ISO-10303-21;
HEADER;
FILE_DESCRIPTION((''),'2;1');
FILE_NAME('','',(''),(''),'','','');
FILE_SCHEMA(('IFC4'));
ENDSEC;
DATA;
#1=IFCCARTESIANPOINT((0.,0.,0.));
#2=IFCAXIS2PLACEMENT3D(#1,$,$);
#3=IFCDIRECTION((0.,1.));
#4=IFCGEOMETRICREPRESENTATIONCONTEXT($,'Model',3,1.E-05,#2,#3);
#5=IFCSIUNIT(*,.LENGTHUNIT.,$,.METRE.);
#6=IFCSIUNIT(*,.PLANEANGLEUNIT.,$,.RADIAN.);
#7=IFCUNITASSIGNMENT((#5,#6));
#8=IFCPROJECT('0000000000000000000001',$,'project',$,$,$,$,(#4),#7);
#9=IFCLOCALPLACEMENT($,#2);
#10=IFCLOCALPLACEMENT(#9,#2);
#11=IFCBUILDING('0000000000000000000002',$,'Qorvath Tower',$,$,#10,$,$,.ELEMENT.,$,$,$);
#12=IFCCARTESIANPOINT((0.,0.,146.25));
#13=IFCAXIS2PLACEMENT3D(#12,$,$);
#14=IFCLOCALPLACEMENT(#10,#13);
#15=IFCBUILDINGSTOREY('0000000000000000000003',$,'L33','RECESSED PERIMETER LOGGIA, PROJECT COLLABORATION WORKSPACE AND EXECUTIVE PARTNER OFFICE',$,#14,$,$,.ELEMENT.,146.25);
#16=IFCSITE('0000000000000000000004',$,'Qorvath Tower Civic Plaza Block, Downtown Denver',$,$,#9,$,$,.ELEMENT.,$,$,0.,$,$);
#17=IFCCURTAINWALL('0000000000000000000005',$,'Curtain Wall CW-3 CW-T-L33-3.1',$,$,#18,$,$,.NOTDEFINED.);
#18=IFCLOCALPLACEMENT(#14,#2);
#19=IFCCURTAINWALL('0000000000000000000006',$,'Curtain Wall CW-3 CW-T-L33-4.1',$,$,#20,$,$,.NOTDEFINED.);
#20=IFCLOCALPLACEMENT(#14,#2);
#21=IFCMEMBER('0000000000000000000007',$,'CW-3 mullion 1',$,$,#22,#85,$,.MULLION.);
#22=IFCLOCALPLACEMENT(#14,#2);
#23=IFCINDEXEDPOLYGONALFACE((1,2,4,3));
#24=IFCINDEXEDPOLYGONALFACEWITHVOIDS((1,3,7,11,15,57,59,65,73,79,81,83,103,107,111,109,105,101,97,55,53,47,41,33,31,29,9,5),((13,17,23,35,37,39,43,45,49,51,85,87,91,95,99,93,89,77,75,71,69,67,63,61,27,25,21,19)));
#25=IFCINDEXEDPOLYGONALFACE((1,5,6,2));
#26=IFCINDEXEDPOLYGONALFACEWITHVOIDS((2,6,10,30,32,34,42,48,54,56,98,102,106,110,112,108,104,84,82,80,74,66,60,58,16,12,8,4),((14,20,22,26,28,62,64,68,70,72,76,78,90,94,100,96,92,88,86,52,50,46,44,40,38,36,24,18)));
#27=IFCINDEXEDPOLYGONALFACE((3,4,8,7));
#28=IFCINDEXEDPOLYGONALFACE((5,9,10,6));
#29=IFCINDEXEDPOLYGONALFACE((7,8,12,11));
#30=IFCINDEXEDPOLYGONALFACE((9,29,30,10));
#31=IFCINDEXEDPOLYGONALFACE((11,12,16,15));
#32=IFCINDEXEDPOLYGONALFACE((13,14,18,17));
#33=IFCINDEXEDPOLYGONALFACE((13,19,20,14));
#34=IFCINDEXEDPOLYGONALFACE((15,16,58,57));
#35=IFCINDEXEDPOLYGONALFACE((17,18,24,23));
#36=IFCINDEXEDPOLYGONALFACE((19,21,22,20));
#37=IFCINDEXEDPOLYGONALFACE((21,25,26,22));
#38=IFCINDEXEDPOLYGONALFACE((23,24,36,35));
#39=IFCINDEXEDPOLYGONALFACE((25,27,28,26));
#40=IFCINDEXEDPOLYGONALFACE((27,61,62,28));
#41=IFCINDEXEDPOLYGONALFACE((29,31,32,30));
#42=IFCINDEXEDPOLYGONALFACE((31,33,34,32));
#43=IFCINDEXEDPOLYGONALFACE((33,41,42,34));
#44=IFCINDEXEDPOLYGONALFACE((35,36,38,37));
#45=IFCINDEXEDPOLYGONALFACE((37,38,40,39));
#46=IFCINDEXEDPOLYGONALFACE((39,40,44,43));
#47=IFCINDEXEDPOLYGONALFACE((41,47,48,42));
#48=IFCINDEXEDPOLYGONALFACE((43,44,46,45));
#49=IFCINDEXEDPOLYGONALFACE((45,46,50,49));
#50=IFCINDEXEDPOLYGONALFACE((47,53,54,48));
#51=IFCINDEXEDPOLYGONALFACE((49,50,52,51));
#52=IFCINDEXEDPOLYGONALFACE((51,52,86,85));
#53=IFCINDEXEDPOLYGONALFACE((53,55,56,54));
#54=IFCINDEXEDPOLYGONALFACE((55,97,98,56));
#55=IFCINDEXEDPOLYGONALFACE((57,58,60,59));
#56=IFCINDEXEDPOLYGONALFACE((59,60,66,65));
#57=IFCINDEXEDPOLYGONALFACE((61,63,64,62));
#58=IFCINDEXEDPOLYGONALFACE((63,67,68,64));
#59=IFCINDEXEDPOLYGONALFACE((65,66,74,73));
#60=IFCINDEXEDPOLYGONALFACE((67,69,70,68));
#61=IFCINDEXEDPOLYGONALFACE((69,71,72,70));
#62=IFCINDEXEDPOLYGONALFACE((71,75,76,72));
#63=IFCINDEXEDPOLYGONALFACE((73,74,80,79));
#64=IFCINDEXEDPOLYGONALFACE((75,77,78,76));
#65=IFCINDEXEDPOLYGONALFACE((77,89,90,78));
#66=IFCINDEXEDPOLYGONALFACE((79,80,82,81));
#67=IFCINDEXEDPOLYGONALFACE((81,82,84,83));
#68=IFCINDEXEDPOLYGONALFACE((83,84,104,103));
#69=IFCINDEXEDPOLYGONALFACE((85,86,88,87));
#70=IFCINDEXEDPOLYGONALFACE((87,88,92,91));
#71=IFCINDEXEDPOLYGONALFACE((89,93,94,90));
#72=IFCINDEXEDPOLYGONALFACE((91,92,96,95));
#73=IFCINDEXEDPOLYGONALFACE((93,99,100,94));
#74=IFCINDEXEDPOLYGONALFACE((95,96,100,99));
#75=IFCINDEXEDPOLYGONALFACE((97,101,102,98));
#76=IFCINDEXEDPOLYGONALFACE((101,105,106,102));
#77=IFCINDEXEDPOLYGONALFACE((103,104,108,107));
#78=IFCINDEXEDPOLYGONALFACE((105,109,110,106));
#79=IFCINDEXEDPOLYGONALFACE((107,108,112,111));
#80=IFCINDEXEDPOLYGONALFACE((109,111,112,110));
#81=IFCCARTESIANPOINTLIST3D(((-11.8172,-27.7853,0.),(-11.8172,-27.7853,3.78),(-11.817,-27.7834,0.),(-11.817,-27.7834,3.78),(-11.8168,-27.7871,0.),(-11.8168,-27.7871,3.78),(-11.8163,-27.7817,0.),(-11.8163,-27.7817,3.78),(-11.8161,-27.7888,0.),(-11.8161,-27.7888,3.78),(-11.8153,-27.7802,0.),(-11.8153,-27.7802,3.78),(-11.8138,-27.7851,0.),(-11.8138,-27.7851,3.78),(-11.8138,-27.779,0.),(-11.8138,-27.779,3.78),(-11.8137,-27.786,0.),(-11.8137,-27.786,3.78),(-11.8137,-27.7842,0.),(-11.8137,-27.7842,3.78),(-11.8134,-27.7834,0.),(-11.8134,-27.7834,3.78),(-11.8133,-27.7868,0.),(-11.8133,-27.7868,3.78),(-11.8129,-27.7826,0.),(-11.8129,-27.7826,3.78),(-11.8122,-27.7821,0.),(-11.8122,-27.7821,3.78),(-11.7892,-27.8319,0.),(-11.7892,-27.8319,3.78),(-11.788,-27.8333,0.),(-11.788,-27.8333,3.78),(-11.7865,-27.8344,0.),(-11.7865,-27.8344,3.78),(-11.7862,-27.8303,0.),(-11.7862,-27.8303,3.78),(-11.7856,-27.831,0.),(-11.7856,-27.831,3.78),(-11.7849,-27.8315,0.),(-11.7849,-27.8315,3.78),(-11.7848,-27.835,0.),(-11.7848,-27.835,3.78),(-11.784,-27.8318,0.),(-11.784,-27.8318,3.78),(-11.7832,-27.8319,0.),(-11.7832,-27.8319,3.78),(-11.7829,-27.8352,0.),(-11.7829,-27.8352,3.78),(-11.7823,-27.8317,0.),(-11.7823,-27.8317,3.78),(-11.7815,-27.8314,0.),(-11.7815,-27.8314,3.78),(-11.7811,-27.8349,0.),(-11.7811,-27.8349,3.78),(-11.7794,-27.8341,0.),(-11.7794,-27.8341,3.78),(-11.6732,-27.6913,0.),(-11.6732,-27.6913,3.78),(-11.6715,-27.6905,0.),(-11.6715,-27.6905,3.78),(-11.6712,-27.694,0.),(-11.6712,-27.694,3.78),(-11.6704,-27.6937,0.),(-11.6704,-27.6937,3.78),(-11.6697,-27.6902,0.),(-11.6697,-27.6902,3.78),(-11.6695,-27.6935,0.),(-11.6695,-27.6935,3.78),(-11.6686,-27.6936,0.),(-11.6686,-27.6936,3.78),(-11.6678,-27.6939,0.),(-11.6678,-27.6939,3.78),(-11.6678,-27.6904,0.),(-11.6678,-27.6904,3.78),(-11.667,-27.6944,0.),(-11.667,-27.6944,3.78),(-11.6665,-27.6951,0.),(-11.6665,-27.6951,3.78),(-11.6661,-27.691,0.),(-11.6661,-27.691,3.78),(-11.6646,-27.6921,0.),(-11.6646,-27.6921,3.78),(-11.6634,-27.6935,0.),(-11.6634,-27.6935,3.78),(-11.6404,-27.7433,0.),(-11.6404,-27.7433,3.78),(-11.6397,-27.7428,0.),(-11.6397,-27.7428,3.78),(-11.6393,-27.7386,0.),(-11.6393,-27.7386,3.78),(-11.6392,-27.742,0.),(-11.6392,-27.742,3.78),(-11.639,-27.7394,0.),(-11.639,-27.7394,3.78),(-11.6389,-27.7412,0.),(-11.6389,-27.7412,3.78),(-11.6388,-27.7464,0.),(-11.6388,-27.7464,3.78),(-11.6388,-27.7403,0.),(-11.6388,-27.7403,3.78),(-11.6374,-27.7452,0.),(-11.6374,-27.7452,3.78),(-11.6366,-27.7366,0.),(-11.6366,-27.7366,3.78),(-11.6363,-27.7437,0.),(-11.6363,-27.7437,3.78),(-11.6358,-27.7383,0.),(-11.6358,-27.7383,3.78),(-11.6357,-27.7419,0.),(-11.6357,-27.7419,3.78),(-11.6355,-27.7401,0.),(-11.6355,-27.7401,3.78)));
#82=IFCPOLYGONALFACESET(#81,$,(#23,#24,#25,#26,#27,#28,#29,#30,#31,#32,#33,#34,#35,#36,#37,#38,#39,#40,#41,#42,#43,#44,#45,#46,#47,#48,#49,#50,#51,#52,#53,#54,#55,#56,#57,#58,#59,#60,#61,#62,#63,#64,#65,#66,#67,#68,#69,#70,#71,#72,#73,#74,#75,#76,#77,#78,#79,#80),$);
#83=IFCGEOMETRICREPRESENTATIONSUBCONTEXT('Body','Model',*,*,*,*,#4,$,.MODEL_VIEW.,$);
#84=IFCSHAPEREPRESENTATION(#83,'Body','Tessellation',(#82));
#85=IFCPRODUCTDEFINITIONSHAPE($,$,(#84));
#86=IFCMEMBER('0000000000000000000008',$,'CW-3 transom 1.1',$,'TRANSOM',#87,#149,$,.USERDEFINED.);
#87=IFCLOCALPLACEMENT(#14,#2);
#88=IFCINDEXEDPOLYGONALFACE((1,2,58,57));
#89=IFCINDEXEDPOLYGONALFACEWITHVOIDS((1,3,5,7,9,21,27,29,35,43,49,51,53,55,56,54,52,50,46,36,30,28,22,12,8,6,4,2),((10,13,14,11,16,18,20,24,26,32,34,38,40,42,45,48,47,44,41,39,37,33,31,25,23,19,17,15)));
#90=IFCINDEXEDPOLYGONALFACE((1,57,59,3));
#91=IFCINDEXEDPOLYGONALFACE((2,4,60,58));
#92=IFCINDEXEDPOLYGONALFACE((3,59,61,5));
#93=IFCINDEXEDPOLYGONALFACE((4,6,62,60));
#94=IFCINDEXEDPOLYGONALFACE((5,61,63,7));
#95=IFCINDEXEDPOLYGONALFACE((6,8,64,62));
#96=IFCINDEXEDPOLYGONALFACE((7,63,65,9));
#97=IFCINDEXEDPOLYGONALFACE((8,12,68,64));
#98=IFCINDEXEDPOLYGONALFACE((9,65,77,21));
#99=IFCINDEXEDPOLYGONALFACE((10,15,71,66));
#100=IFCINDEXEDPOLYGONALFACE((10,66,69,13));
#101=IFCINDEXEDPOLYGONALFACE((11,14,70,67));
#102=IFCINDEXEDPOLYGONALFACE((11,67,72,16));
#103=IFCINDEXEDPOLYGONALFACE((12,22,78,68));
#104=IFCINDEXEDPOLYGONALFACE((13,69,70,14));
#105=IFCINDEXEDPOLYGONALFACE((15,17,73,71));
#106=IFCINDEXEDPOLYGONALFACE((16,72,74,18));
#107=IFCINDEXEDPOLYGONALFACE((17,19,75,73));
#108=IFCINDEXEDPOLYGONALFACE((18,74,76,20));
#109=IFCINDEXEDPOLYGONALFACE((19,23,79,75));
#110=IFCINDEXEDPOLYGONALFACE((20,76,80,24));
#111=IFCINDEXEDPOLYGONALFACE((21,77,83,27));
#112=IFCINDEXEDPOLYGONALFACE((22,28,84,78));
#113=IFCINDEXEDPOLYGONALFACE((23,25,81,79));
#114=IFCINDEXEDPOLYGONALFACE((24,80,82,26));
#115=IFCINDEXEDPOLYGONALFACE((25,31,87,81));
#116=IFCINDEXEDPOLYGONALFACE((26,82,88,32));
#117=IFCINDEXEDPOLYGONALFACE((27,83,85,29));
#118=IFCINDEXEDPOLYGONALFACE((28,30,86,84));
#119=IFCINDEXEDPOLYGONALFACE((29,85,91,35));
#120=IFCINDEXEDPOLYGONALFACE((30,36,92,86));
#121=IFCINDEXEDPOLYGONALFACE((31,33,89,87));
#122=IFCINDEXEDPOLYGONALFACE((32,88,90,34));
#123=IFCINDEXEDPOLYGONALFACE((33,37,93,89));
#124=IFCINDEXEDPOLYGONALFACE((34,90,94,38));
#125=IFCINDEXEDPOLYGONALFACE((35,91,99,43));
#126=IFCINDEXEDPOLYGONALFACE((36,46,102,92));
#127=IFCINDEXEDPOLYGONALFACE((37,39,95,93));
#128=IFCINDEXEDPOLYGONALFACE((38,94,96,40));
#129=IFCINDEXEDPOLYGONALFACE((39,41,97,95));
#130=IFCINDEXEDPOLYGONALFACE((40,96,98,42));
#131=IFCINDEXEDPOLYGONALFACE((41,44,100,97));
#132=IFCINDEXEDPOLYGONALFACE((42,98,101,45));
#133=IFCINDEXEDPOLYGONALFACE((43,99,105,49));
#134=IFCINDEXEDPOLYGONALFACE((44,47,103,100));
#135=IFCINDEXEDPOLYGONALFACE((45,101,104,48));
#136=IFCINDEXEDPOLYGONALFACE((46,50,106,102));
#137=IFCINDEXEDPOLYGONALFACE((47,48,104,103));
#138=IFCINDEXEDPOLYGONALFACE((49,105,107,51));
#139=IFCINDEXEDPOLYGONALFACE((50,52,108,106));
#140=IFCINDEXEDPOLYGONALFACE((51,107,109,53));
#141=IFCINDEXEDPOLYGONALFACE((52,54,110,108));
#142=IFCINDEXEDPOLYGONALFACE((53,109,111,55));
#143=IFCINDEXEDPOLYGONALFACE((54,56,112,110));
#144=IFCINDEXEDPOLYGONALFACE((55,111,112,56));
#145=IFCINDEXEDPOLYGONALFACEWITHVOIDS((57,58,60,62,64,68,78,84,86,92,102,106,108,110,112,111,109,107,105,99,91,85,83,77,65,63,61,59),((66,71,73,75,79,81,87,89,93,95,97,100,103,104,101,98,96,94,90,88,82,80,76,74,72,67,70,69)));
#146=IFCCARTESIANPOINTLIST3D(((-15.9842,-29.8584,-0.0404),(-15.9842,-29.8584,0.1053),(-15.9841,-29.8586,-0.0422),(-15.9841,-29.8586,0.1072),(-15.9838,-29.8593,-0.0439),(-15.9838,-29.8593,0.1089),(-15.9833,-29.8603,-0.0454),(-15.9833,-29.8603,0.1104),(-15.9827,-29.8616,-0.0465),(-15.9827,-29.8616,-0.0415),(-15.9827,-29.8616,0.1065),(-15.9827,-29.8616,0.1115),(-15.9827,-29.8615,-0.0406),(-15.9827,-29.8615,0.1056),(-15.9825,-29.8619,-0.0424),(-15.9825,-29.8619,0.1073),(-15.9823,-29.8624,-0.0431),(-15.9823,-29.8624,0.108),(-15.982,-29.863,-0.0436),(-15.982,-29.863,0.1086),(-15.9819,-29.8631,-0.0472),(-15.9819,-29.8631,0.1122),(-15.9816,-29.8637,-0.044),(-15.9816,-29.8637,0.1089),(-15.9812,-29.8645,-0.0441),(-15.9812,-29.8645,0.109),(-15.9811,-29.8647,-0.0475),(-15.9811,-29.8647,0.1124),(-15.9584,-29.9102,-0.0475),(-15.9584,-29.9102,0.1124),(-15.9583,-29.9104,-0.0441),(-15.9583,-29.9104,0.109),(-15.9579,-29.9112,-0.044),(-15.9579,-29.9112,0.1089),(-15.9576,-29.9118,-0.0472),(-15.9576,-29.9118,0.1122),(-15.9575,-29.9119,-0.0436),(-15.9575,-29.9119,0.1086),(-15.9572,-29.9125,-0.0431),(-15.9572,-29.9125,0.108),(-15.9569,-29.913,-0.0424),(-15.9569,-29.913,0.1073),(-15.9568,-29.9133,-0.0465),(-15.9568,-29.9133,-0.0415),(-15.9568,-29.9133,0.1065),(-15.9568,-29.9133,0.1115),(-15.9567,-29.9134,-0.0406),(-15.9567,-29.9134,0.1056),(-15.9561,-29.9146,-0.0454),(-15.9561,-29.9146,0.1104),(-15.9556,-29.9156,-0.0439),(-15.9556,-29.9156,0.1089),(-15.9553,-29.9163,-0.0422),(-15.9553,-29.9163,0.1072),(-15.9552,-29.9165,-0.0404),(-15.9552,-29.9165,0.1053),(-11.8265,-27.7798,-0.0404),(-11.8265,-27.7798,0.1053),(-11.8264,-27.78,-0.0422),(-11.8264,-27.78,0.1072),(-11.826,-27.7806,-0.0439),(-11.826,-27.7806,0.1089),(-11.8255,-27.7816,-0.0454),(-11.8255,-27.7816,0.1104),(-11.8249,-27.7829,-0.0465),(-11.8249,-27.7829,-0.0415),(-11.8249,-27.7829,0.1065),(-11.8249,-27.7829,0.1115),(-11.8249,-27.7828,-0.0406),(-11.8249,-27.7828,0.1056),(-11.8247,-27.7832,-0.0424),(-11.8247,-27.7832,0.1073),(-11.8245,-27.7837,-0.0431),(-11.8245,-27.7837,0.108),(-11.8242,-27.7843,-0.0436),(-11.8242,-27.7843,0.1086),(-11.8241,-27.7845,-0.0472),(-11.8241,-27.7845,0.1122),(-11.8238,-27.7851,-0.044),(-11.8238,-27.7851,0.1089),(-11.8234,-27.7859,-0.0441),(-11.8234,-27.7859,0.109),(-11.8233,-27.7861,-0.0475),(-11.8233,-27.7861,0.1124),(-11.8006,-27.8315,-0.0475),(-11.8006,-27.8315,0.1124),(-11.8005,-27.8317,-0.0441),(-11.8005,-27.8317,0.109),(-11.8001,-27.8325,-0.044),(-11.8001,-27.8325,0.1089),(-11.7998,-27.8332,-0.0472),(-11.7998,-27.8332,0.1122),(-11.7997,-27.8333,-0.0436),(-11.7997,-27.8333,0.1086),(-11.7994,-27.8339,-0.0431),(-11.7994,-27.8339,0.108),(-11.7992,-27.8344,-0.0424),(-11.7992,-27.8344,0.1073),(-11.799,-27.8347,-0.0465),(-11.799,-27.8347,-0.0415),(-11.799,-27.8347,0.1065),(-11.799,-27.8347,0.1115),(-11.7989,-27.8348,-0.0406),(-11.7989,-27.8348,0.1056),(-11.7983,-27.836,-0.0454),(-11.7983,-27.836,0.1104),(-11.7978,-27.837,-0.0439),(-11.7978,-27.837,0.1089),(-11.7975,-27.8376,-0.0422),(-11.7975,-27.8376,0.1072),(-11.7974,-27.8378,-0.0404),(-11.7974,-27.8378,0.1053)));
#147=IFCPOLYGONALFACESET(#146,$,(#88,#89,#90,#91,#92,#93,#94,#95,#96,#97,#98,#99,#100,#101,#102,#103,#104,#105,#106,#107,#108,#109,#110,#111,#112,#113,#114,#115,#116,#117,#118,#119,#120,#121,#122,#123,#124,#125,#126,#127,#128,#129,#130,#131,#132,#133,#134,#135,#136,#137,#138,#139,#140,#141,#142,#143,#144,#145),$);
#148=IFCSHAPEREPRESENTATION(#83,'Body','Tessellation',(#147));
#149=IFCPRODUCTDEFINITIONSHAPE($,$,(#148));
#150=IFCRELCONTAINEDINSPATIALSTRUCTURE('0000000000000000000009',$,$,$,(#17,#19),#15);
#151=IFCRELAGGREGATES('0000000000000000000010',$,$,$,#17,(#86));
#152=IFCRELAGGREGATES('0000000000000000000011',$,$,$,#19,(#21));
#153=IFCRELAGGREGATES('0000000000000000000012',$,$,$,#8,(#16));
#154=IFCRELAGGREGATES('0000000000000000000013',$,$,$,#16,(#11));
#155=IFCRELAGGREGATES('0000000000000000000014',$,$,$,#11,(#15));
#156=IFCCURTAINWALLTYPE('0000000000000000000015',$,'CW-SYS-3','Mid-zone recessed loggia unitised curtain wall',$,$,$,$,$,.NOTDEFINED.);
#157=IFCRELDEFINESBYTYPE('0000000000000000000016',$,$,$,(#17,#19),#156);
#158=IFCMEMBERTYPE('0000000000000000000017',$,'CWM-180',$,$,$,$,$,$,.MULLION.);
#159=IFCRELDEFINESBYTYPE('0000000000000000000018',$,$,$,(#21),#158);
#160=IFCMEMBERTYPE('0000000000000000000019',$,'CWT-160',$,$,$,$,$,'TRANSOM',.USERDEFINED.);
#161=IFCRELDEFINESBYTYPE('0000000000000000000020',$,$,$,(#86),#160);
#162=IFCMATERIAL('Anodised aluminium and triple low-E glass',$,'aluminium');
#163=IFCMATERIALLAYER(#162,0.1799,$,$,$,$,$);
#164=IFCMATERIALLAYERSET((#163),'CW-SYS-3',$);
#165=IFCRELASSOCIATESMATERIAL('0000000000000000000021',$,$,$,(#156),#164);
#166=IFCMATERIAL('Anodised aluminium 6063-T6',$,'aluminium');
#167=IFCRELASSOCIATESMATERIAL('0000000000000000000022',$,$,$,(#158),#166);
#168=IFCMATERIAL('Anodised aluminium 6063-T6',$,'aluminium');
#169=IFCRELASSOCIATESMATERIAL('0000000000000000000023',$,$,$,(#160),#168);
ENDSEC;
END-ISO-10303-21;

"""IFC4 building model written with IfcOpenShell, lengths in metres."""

from ifc_helpers import new_model, si_unit, direction, frame, origin, origin_2d, place, context, subcontext, project, spatial, hollow_rectangle, extrude, material, layer, layer_set, material_profile, profile_set, type_object, element, aggregate, save


model = new_model("IFC4")

# Units and contexts
model_context = context("Model", 3, precision=1e-05, world=origin(), true_north=direction((0.0, 1.0)))
body_context = subcontext(model_context, "Body", "Model", "MODEL_VIEW")
ifc_project = project(units=[si_unit("LENGTHUNIT", "METRE"), si_unit("PLANEANGLEUNIT", "RADIAN")], contexts=[model_context])

# Site, building, storey
site_placement = place(None, origin())
site = spatial("IfcSite", under=ifc_project, at=site_placement, Name="Qorvath Tower Civic Plaza Block, Downtown Denver", CompositionType="ELEMENT", RefElevation=0.0)
building_placement = place(site_placement, origin())
building = spatial("IfcBuilding", under=site, at=building_placement, Name="Qorvath Tower", CompositionType="ELEMENT")
storey_placement = place(building_placement, frame((0.0, 0.0, 146.25)))
storey = spatial("IfcBuildingStorey", under=building, at=storey_placement, Name="L33", Description="RECESSED PERIMETER LOGGIA, PROJECT COLLABORATION WORKSPACE AND EXECUTIVE PARTNER OFFICE", CompositionType="ELEMENT", Elevation=146.25)

# Shared definitions
ifc_material_1 = material(Name="Anodised aluminium and triple low-E glass", Category="aluminium")
ifc_layer_1 = layer(ifc_material_1, 0.1799)
ifc_layer_set_1 = layer_set([ifc_layer_1], Name="CW-SYS-3")
curtain_wall_type = type_object("IfcCurtainWallType", Name="CW-SYS-3", Description="Mid-zone recessed loggia unitised curtain wall", PredefinedType="NOTDEFINED", material=ifc_layer_set_1)
ifc_material_2 = material(Name="Anodised aluminium 6063-T6", Category="aluminium")
ifc_material_profile_1 = material_profile(ifc_material_2, hollow_rectangle(XDim=0.0649, YDim=0.1799, WallThickness=0.0034, InnerFilletRadius=0.0034, OuterFilletRadius=0.0071, at=origin_2d()), Name="CWM 180x65")
ifc_profile_set_1 = profile_set([ifc_material_profile_1], Name="Anodised aluminium 6063-T6")
member_type_1 = type_object("IfcMemberType", Name="CWM-180", PredefinedType="MULLION", material=ifc_profile_set_1)

# Curtain wall
curtain_wall_1_placement = place(storey_placement, origin())
curtain_wall_1 = element("IfcCurtainWall", 1, at=curtain_wall_1_placement, inside=storey, type_object=curtain_wall_type, Name="Curtain Wall CW-3 CW-T-L33-3.1", PredefinedType="NOTDEFINED")

# Curtain wall, member
curtain_wall_2_placement = place(storey_placement, origin())
curtain_wall_2 = element("IfcCurtainWall", 2, at=curtain_wall_2_placement, inside=storey, type_object=curtain_wall_type, Name="Curtain Wall CW-3 CW-T-L33-4.1", PredefinedType="NOTDEFINED")
member_1_placement = place(storey_placement, frame((-11.7263, -27.7627, 0.0), z_axis=(0.0, 0.0, 1.0), x_axis=(-0.529441, 0.848346, 0.0)))
member_1 = element("IfcMember", 3, at=member_1_placement, type_object=member_type_1, Name="CW-3 mullion 1", PredefinedType="MULLION", context=body_context, shape_type="SweptSolid", body=[
    extrude(hollow_rectangle(XDim=0.0649, YDim=0.1799, WallThickness=0.0034, InnerFilletRadius=0.0034, OuterFilletRadius=0.0071, at=origin_2d()), origin(), (0.0, 0.0, 1.0), 3.78),
])

# Member
ifc_material_3 = material(Name="Anodised aluminium 6063-T6", Category="aluminium")
ifc_material_profile_2 = material_profile(ifc_material_3, hollow_rectangle(XDim=0.0649, YDim=0.1599, WallThickness=0.0034, InnerFilletRadius=0.0034, OuterFilletRadius=0.0071, at=origin_2d()), Name="CWT 160x65")
ifc_profile_set_2 = profile_set([ifc_material_profile_2], Name="Anodised aluminium 6063-T6")
member_type_2 = type_object("IfcMemberType", Name="CWT-160", ElementType="TRANSOM", PredefinedType="USERDEFINED", material=ifc_profile_set_2)
member_2_placement = place(storey_placement, frame((-15.9697, -29.8875, 0.0325), z_axis=(0.894448, 0.447172, 0.0), x_axis=(-0.447172, 0.894448, 0.0)))
member_2 = element("IfcMember", 4, at=member_2_placement, type_object=member_type_2, Name="CW-3 transom 1.1", ObjectType="TRANSOM", PredefinedType="USERDEFINED", context=body_context, shape_type="SweptSolid", body=[
    extrude(hollow_rectangle(XDim=0.0649, YDim=0.1599, WallThickness=0.0034, InnerFilletRadius=0.0034, OuterFilletRadius=0.0071, at=origin_2d()), origin(), (0.0, 0.0, 1.0), 4.6484),
])

aggregate(curtain_wall_1, [member_2])
aggregate(curtain_wall_2, [member_1])

save(model, "model.ifc")
